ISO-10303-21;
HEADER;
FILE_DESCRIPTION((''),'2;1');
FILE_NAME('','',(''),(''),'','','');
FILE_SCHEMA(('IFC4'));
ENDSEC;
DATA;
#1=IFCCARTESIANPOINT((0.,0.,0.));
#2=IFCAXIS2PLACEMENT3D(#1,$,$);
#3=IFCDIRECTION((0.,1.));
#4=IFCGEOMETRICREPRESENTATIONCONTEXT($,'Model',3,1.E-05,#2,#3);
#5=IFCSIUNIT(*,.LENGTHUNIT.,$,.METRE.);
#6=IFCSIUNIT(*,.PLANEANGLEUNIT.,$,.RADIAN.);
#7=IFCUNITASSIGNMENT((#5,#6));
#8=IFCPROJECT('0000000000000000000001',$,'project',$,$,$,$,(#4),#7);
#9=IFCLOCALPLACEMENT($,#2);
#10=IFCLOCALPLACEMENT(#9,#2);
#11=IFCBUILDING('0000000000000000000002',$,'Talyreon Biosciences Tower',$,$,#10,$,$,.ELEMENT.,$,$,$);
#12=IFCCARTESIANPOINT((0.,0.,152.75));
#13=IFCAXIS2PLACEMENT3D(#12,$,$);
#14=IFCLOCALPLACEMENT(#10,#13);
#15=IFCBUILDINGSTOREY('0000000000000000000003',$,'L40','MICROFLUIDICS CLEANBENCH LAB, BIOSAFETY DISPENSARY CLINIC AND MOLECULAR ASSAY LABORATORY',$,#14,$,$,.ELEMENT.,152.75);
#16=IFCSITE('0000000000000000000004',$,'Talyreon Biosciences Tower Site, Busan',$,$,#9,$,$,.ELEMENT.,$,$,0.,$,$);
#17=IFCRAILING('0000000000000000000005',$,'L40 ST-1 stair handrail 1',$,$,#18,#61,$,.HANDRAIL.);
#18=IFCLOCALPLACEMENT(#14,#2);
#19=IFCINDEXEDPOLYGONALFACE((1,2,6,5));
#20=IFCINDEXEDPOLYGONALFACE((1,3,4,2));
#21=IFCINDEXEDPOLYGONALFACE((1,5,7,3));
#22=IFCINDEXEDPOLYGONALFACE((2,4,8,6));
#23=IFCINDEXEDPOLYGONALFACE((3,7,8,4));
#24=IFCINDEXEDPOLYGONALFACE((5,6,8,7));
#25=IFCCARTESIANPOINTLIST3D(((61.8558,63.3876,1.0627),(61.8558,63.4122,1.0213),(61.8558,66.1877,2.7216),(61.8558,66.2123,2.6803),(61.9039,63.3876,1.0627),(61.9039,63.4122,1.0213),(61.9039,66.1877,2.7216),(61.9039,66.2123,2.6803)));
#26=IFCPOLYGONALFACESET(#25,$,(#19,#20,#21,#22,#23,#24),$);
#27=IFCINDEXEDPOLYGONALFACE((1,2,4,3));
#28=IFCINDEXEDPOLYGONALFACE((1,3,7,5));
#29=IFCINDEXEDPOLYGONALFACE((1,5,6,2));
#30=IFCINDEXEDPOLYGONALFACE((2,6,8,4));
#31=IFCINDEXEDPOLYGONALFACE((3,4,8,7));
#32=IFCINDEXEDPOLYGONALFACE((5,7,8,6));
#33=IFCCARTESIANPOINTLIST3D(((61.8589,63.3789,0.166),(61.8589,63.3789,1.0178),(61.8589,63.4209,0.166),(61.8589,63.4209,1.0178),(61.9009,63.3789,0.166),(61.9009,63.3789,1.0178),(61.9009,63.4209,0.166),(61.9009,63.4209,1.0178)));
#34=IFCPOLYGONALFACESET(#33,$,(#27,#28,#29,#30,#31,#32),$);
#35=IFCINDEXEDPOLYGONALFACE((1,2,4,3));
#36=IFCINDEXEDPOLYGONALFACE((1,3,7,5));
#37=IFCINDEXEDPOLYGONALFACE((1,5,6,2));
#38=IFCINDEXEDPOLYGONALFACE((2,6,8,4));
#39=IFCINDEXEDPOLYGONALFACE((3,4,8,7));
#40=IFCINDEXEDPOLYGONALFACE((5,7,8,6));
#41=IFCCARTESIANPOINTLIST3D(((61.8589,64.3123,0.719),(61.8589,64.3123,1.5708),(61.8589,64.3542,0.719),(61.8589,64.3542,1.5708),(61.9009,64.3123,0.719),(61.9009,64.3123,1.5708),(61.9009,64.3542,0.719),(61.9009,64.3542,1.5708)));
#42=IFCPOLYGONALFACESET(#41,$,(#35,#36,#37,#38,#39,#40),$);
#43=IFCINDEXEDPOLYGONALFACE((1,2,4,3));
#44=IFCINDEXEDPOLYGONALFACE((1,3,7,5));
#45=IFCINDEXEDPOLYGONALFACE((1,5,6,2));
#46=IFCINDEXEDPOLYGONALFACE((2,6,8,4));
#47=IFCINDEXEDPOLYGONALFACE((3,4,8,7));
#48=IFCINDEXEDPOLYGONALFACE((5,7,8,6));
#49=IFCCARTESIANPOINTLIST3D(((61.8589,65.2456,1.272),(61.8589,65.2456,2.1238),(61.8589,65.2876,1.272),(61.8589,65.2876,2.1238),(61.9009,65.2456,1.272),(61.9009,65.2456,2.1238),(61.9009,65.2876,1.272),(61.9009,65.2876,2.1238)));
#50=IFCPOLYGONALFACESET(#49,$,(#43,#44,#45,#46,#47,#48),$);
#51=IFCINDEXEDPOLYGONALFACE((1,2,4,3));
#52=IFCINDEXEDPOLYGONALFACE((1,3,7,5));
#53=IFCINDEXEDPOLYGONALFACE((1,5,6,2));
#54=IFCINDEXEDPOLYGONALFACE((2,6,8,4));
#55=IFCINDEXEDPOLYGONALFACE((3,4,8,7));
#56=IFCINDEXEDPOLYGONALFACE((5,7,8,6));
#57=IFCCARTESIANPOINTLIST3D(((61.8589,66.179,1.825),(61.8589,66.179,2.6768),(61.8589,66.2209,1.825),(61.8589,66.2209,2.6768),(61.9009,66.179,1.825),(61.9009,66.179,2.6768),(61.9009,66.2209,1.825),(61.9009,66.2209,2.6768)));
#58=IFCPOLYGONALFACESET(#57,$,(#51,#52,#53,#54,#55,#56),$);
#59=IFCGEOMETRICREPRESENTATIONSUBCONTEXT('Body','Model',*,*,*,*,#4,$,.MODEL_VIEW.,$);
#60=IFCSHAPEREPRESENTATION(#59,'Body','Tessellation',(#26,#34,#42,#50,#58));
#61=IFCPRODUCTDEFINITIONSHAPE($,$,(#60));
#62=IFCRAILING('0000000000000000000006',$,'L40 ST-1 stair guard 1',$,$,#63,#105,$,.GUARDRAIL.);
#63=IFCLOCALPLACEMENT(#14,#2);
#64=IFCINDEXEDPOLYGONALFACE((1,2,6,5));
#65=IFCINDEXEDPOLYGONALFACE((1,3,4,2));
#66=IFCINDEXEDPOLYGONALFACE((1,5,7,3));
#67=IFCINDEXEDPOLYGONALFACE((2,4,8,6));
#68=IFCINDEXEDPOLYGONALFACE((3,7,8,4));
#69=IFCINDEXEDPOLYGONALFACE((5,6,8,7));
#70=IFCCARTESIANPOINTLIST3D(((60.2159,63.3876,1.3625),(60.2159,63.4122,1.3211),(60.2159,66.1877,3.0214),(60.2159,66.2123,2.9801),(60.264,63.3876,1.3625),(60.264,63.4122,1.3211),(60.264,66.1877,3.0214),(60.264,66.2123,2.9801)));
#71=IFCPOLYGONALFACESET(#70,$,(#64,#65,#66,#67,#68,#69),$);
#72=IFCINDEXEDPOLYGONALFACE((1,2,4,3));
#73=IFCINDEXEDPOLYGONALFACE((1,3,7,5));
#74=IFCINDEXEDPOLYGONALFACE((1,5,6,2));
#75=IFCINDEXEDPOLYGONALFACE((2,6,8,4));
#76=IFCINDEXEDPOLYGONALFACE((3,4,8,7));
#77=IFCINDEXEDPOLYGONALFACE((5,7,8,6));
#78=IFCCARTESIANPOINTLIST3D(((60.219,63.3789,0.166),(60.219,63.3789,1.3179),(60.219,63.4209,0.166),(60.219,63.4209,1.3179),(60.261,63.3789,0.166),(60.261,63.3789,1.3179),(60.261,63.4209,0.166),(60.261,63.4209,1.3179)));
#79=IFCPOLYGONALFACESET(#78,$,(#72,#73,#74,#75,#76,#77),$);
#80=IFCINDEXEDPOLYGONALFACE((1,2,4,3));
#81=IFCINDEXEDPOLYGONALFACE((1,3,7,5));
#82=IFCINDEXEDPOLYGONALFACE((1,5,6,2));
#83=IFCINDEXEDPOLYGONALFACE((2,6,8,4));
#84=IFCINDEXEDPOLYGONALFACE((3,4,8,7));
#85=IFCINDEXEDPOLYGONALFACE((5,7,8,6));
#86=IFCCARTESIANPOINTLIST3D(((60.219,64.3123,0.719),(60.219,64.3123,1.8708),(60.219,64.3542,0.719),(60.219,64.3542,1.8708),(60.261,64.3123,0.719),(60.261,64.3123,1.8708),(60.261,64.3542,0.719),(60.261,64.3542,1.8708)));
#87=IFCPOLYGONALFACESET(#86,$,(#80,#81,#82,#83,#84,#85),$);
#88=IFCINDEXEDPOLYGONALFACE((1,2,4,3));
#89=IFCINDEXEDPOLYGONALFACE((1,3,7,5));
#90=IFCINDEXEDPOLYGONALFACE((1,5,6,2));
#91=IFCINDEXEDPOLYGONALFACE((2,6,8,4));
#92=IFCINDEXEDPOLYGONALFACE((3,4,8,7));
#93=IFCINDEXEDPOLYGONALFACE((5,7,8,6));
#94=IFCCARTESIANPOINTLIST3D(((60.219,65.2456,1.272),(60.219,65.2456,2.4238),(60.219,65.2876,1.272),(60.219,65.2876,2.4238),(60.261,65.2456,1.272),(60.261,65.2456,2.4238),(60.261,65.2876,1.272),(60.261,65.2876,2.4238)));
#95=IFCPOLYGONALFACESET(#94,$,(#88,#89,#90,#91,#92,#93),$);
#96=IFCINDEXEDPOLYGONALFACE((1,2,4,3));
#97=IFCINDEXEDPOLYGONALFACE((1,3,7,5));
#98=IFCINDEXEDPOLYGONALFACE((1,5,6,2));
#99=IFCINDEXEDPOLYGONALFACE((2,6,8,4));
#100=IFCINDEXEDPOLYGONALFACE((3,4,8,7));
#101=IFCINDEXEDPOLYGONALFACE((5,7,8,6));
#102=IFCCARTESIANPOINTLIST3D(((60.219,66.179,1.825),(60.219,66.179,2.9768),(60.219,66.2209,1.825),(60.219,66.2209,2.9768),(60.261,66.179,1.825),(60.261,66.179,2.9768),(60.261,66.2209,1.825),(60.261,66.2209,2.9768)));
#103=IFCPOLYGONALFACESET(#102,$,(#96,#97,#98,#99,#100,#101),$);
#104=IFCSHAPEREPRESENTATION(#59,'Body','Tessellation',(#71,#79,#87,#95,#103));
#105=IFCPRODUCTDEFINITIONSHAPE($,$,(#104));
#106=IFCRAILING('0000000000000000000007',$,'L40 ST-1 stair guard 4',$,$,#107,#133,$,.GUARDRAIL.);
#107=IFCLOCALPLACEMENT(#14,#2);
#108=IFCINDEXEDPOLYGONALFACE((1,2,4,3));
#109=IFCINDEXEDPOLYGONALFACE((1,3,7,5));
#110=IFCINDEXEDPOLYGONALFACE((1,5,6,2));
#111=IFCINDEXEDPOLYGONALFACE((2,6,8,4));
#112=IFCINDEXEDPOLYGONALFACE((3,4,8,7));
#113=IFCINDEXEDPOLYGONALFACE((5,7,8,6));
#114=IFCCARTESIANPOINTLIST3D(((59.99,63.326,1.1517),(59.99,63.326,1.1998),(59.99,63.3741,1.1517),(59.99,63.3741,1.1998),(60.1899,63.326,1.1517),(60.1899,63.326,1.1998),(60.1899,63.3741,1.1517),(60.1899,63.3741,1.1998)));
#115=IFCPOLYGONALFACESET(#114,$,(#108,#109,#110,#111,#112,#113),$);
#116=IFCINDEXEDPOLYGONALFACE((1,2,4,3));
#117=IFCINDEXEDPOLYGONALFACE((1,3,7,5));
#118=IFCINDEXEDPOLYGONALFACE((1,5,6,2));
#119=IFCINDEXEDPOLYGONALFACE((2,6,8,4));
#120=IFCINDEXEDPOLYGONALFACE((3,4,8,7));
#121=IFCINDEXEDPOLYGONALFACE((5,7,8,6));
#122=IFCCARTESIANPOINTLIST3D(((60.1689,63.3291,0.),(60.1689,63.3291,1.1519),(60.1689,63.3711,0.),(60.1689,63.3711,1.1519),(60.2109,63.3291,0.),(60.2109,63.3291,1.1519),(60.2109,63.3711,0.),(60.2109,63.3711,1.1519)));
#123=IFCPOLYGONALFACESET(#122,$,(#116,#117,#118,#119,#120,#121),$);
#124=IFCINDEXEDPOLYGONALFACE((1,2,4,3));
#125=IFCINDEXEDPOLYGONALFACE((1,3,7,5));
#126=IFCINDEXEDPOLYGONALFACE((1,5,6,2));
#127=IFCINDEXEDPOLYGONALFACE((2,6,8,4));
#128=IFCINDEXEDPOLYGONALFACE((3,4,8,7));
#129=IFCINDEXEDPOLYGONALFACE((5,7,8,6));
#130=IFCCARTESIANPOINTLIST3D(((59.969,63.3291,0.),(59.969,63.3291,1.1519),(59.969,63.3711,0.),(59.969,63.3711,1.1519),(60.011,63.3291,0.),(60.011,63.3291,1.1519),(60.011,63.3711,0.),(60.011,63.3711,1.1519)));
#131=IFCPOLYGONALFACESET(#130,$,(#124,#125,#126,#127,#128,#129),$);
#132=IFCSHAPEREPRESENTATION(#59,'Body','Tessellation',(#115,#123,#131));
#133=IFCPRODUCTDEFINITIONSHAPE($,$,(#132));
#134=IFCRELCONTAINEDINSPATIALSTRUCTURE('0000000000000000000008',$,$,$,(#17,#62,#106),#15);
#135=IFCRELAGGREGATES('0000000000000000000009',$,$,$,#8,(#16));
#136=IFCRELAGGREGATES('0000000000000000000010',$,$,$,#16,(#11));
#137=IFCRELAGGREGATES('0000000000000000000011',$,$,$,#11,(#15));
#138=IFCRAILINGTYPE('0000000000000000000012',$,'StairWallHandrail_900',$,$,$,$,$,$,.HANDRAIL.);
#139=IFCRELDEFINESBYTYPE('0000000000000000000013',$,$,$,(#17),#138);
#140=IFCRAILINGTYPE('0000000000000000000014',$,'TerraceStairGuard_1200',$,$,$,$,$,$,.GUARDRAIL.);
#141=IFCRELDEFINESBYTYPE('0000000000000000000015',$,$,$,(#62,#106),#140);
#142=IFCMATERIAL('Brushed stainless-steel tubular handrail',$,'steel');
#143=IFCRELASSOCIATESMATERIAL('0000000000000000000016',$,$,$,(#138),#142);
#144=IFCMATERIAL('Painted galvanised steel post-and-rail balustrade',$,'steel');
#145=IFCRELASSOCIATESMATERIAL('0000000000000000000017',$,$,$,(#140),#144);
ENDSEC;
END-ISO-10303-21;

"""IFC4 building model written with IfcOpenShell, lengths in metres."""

from ifc_helpers import new_model, si_unit, direction, frame, origin, origin_2d, place, context, subcontext, project, spatial, rectangle, extrude, material, type_object, element, save


model = new_model("IFC4")

# Units and contexts
model_context = context("Model", 3, precision=1e-05, world=origin(), true_north=direction((0.0, 1.0)))
body_context = subcontext(model_context, "Body", "Model", "MODEL_VIEW")
ifc_project = project(units=[si_unit("LENGTHUNIT", "METRE"), si_unit("PLANEANGLEUNIT", "RADIAN")], contexts=[model_context])

# Site, building, storey
site_placement = place(None, origin())
site = spatial("IfcSite", under=ifc_project, at=site_placement, Name="Talyreon Biosciences Tower Site, Busan", CompositionType="ELEMENT", RefElevation=0.0)
building_placement = place(site_placement, origin())
building = spatial("IfcBuilding", under=site, at=building_placement, Name="Talyreon Biosciences Tower", CompositionType="ELEMENT")
storey_placement = place(building_placement, frame((0.0, 0.0, 152.75)))
storey = spatial("IfcBuildingStorey", under=building, at=storey_placement, Name="L40", Description="MICROFLUIDICS CLEANBENCH LAB, BIOSAFETY DISPENSARY CLINIC AND MOLECULAR ASSAY LABORATORY", CompositionType="ELEMENT", Elevation=152.75)

# Railings
ifc_material_1 = material(Name="Brushed stainless-steel tubular handrail", Category="steel")
railing_type_1 = type_object("IfcRailingType", Name="StairWallHandrail_900", PredefinedType="HANDRAIL", material=ifc_material_1)
railing_1_placement = place(storey_placement, frame((61.8799, 63.3999, 0.166)))
element("IfcRailing", 1, at=railing_1_placement, inside=storey, type_object=railing_type_1, Name="L40 ST-1 stair handrail 1", PredefinedType="HANDRAIL", context=body_context, shape_type="SweptSolid", body=[
    extrude(rectangle(XDim=0.0481, YDim=0.0481, at=origin_2d()), frame((0.0, 0.0, 0.876), z_axis=(0.0, 0.860339, 0.509722), x_axis=(-1.0, 0.0, 0.0)), (0.0, 0.0, 1.0), 3.2546),
    extrude(rectangle(XDim=0.042, YDim=0.042, at=origin_2d()), origin(), (0.0, 0.0, 1.0), 0.8518),
    extrude(rectangle(XDim=0.042, YDim=0.042, at=origin_2d()), frame((0.0, 0.9333, 0.553)), (0.0, 0.0, 1.0), 0.8518),
    extrude(rectangle(XDim=0.042, YDim=0.042, at=origin_2d()), frame((0.0, 1.8667, 1.106)), (0.0, 0.0, 1.0), 0.8518),
    extrude(rectangle(XDim=0.042, YDim=0.042, at=origin_2d()), frame((0.0, 2.8, 1.6589)), (0.0, 0.0, 1.0), 0.8518),
])
ifc_material_2 = material(Name="Painted galvanised steel post-and-rail balustrade", Category="steel")
railing_type_2 = type_object("IfcRailingType", Name="TerraceStairGuard_1200", PredefinedType="GUARDRAIL", material=ifc_material_2)
railing_2_placement = place(storey_placement, frame((60.24, 63.3999, 0.166)))
element("IfcRailing", 2, at=railing_2_placement, inside=storey, type_object=railing_type_2, Name="L40 ST-1 stair guard 1", PredefinedType="GUARDRAIL", context=body_context, shape_type="SweptSolid", body=[
    extrude(rectangle(XDim=0.0481, YDim=0.0481, at=origin_2d()), frame((0.0, 0.0, 1.1758), z_axis=(0.0, 0.860339, 0.509722), x_axis=(-1.0, 0.0, 0.0)), (0.0, 0.0, 1.0), 3.2546),
    extrude(rectangle(XDim=0.042, YDim=0.042, at=origin_2d()), origin(), (0.0, 0.0, 1.0), 1.1519),
    extrude(rectangle(XDim=0.042, YDim=0.042, at=origin_2d()), frame((0.0, 0.9333, 0.553)), (0.0, 0.0, 1.0), 1.1519),
    extrude(rectangle(XDim=0.042, YDim=0.042, at=origin_2d()), frame((0.0, 1.8667, 1.106)), (0.0, 0.0, 1.0), 1.1519),
    extrude(rectangle(XDim=0.042, YDim=0.042, at=origin_2d()), frame((0.0, 2.8, 1.6589)), (0.0, 0.0, 1.0), 1.1519),
])
railing_3_placement = place(storey_placement, frame((60.1899, 63.3501, 0.0)))
element("IfcRailing", 3, at=railing_3_placement, inside=storey, type_object=railing_type_2, Name="L40 ST-1 stair guard 4", PredefinedType="GUARDRAIL", context=body_context, shape_type="SweptSolid", body=[
    extrude(rectangle(XDim=0.0481, YDim=0.0481, at=origin_2d()), frame((0.0, 0.0, 1.1758), z_axis=(-1.0, 0.0, 0.0), x_axis=(0.0, -1.0, 0.0)), (0.0, 0.0, 1.0), 0.2),
    extrude(rectangle(XDim=0.042, YDim=0.042, at=origin_2d()), origin(), (0.0, 0.0, 1.0), 1.1519),
    extrude(rectangle(XDim=0.042, YDim=0.042, at=origin_2d()), frame((-0.2, 0.0, 0.0)), (0.0, 0.0, 1.0), 1.1519),
])

save(model, "model.ifc")
